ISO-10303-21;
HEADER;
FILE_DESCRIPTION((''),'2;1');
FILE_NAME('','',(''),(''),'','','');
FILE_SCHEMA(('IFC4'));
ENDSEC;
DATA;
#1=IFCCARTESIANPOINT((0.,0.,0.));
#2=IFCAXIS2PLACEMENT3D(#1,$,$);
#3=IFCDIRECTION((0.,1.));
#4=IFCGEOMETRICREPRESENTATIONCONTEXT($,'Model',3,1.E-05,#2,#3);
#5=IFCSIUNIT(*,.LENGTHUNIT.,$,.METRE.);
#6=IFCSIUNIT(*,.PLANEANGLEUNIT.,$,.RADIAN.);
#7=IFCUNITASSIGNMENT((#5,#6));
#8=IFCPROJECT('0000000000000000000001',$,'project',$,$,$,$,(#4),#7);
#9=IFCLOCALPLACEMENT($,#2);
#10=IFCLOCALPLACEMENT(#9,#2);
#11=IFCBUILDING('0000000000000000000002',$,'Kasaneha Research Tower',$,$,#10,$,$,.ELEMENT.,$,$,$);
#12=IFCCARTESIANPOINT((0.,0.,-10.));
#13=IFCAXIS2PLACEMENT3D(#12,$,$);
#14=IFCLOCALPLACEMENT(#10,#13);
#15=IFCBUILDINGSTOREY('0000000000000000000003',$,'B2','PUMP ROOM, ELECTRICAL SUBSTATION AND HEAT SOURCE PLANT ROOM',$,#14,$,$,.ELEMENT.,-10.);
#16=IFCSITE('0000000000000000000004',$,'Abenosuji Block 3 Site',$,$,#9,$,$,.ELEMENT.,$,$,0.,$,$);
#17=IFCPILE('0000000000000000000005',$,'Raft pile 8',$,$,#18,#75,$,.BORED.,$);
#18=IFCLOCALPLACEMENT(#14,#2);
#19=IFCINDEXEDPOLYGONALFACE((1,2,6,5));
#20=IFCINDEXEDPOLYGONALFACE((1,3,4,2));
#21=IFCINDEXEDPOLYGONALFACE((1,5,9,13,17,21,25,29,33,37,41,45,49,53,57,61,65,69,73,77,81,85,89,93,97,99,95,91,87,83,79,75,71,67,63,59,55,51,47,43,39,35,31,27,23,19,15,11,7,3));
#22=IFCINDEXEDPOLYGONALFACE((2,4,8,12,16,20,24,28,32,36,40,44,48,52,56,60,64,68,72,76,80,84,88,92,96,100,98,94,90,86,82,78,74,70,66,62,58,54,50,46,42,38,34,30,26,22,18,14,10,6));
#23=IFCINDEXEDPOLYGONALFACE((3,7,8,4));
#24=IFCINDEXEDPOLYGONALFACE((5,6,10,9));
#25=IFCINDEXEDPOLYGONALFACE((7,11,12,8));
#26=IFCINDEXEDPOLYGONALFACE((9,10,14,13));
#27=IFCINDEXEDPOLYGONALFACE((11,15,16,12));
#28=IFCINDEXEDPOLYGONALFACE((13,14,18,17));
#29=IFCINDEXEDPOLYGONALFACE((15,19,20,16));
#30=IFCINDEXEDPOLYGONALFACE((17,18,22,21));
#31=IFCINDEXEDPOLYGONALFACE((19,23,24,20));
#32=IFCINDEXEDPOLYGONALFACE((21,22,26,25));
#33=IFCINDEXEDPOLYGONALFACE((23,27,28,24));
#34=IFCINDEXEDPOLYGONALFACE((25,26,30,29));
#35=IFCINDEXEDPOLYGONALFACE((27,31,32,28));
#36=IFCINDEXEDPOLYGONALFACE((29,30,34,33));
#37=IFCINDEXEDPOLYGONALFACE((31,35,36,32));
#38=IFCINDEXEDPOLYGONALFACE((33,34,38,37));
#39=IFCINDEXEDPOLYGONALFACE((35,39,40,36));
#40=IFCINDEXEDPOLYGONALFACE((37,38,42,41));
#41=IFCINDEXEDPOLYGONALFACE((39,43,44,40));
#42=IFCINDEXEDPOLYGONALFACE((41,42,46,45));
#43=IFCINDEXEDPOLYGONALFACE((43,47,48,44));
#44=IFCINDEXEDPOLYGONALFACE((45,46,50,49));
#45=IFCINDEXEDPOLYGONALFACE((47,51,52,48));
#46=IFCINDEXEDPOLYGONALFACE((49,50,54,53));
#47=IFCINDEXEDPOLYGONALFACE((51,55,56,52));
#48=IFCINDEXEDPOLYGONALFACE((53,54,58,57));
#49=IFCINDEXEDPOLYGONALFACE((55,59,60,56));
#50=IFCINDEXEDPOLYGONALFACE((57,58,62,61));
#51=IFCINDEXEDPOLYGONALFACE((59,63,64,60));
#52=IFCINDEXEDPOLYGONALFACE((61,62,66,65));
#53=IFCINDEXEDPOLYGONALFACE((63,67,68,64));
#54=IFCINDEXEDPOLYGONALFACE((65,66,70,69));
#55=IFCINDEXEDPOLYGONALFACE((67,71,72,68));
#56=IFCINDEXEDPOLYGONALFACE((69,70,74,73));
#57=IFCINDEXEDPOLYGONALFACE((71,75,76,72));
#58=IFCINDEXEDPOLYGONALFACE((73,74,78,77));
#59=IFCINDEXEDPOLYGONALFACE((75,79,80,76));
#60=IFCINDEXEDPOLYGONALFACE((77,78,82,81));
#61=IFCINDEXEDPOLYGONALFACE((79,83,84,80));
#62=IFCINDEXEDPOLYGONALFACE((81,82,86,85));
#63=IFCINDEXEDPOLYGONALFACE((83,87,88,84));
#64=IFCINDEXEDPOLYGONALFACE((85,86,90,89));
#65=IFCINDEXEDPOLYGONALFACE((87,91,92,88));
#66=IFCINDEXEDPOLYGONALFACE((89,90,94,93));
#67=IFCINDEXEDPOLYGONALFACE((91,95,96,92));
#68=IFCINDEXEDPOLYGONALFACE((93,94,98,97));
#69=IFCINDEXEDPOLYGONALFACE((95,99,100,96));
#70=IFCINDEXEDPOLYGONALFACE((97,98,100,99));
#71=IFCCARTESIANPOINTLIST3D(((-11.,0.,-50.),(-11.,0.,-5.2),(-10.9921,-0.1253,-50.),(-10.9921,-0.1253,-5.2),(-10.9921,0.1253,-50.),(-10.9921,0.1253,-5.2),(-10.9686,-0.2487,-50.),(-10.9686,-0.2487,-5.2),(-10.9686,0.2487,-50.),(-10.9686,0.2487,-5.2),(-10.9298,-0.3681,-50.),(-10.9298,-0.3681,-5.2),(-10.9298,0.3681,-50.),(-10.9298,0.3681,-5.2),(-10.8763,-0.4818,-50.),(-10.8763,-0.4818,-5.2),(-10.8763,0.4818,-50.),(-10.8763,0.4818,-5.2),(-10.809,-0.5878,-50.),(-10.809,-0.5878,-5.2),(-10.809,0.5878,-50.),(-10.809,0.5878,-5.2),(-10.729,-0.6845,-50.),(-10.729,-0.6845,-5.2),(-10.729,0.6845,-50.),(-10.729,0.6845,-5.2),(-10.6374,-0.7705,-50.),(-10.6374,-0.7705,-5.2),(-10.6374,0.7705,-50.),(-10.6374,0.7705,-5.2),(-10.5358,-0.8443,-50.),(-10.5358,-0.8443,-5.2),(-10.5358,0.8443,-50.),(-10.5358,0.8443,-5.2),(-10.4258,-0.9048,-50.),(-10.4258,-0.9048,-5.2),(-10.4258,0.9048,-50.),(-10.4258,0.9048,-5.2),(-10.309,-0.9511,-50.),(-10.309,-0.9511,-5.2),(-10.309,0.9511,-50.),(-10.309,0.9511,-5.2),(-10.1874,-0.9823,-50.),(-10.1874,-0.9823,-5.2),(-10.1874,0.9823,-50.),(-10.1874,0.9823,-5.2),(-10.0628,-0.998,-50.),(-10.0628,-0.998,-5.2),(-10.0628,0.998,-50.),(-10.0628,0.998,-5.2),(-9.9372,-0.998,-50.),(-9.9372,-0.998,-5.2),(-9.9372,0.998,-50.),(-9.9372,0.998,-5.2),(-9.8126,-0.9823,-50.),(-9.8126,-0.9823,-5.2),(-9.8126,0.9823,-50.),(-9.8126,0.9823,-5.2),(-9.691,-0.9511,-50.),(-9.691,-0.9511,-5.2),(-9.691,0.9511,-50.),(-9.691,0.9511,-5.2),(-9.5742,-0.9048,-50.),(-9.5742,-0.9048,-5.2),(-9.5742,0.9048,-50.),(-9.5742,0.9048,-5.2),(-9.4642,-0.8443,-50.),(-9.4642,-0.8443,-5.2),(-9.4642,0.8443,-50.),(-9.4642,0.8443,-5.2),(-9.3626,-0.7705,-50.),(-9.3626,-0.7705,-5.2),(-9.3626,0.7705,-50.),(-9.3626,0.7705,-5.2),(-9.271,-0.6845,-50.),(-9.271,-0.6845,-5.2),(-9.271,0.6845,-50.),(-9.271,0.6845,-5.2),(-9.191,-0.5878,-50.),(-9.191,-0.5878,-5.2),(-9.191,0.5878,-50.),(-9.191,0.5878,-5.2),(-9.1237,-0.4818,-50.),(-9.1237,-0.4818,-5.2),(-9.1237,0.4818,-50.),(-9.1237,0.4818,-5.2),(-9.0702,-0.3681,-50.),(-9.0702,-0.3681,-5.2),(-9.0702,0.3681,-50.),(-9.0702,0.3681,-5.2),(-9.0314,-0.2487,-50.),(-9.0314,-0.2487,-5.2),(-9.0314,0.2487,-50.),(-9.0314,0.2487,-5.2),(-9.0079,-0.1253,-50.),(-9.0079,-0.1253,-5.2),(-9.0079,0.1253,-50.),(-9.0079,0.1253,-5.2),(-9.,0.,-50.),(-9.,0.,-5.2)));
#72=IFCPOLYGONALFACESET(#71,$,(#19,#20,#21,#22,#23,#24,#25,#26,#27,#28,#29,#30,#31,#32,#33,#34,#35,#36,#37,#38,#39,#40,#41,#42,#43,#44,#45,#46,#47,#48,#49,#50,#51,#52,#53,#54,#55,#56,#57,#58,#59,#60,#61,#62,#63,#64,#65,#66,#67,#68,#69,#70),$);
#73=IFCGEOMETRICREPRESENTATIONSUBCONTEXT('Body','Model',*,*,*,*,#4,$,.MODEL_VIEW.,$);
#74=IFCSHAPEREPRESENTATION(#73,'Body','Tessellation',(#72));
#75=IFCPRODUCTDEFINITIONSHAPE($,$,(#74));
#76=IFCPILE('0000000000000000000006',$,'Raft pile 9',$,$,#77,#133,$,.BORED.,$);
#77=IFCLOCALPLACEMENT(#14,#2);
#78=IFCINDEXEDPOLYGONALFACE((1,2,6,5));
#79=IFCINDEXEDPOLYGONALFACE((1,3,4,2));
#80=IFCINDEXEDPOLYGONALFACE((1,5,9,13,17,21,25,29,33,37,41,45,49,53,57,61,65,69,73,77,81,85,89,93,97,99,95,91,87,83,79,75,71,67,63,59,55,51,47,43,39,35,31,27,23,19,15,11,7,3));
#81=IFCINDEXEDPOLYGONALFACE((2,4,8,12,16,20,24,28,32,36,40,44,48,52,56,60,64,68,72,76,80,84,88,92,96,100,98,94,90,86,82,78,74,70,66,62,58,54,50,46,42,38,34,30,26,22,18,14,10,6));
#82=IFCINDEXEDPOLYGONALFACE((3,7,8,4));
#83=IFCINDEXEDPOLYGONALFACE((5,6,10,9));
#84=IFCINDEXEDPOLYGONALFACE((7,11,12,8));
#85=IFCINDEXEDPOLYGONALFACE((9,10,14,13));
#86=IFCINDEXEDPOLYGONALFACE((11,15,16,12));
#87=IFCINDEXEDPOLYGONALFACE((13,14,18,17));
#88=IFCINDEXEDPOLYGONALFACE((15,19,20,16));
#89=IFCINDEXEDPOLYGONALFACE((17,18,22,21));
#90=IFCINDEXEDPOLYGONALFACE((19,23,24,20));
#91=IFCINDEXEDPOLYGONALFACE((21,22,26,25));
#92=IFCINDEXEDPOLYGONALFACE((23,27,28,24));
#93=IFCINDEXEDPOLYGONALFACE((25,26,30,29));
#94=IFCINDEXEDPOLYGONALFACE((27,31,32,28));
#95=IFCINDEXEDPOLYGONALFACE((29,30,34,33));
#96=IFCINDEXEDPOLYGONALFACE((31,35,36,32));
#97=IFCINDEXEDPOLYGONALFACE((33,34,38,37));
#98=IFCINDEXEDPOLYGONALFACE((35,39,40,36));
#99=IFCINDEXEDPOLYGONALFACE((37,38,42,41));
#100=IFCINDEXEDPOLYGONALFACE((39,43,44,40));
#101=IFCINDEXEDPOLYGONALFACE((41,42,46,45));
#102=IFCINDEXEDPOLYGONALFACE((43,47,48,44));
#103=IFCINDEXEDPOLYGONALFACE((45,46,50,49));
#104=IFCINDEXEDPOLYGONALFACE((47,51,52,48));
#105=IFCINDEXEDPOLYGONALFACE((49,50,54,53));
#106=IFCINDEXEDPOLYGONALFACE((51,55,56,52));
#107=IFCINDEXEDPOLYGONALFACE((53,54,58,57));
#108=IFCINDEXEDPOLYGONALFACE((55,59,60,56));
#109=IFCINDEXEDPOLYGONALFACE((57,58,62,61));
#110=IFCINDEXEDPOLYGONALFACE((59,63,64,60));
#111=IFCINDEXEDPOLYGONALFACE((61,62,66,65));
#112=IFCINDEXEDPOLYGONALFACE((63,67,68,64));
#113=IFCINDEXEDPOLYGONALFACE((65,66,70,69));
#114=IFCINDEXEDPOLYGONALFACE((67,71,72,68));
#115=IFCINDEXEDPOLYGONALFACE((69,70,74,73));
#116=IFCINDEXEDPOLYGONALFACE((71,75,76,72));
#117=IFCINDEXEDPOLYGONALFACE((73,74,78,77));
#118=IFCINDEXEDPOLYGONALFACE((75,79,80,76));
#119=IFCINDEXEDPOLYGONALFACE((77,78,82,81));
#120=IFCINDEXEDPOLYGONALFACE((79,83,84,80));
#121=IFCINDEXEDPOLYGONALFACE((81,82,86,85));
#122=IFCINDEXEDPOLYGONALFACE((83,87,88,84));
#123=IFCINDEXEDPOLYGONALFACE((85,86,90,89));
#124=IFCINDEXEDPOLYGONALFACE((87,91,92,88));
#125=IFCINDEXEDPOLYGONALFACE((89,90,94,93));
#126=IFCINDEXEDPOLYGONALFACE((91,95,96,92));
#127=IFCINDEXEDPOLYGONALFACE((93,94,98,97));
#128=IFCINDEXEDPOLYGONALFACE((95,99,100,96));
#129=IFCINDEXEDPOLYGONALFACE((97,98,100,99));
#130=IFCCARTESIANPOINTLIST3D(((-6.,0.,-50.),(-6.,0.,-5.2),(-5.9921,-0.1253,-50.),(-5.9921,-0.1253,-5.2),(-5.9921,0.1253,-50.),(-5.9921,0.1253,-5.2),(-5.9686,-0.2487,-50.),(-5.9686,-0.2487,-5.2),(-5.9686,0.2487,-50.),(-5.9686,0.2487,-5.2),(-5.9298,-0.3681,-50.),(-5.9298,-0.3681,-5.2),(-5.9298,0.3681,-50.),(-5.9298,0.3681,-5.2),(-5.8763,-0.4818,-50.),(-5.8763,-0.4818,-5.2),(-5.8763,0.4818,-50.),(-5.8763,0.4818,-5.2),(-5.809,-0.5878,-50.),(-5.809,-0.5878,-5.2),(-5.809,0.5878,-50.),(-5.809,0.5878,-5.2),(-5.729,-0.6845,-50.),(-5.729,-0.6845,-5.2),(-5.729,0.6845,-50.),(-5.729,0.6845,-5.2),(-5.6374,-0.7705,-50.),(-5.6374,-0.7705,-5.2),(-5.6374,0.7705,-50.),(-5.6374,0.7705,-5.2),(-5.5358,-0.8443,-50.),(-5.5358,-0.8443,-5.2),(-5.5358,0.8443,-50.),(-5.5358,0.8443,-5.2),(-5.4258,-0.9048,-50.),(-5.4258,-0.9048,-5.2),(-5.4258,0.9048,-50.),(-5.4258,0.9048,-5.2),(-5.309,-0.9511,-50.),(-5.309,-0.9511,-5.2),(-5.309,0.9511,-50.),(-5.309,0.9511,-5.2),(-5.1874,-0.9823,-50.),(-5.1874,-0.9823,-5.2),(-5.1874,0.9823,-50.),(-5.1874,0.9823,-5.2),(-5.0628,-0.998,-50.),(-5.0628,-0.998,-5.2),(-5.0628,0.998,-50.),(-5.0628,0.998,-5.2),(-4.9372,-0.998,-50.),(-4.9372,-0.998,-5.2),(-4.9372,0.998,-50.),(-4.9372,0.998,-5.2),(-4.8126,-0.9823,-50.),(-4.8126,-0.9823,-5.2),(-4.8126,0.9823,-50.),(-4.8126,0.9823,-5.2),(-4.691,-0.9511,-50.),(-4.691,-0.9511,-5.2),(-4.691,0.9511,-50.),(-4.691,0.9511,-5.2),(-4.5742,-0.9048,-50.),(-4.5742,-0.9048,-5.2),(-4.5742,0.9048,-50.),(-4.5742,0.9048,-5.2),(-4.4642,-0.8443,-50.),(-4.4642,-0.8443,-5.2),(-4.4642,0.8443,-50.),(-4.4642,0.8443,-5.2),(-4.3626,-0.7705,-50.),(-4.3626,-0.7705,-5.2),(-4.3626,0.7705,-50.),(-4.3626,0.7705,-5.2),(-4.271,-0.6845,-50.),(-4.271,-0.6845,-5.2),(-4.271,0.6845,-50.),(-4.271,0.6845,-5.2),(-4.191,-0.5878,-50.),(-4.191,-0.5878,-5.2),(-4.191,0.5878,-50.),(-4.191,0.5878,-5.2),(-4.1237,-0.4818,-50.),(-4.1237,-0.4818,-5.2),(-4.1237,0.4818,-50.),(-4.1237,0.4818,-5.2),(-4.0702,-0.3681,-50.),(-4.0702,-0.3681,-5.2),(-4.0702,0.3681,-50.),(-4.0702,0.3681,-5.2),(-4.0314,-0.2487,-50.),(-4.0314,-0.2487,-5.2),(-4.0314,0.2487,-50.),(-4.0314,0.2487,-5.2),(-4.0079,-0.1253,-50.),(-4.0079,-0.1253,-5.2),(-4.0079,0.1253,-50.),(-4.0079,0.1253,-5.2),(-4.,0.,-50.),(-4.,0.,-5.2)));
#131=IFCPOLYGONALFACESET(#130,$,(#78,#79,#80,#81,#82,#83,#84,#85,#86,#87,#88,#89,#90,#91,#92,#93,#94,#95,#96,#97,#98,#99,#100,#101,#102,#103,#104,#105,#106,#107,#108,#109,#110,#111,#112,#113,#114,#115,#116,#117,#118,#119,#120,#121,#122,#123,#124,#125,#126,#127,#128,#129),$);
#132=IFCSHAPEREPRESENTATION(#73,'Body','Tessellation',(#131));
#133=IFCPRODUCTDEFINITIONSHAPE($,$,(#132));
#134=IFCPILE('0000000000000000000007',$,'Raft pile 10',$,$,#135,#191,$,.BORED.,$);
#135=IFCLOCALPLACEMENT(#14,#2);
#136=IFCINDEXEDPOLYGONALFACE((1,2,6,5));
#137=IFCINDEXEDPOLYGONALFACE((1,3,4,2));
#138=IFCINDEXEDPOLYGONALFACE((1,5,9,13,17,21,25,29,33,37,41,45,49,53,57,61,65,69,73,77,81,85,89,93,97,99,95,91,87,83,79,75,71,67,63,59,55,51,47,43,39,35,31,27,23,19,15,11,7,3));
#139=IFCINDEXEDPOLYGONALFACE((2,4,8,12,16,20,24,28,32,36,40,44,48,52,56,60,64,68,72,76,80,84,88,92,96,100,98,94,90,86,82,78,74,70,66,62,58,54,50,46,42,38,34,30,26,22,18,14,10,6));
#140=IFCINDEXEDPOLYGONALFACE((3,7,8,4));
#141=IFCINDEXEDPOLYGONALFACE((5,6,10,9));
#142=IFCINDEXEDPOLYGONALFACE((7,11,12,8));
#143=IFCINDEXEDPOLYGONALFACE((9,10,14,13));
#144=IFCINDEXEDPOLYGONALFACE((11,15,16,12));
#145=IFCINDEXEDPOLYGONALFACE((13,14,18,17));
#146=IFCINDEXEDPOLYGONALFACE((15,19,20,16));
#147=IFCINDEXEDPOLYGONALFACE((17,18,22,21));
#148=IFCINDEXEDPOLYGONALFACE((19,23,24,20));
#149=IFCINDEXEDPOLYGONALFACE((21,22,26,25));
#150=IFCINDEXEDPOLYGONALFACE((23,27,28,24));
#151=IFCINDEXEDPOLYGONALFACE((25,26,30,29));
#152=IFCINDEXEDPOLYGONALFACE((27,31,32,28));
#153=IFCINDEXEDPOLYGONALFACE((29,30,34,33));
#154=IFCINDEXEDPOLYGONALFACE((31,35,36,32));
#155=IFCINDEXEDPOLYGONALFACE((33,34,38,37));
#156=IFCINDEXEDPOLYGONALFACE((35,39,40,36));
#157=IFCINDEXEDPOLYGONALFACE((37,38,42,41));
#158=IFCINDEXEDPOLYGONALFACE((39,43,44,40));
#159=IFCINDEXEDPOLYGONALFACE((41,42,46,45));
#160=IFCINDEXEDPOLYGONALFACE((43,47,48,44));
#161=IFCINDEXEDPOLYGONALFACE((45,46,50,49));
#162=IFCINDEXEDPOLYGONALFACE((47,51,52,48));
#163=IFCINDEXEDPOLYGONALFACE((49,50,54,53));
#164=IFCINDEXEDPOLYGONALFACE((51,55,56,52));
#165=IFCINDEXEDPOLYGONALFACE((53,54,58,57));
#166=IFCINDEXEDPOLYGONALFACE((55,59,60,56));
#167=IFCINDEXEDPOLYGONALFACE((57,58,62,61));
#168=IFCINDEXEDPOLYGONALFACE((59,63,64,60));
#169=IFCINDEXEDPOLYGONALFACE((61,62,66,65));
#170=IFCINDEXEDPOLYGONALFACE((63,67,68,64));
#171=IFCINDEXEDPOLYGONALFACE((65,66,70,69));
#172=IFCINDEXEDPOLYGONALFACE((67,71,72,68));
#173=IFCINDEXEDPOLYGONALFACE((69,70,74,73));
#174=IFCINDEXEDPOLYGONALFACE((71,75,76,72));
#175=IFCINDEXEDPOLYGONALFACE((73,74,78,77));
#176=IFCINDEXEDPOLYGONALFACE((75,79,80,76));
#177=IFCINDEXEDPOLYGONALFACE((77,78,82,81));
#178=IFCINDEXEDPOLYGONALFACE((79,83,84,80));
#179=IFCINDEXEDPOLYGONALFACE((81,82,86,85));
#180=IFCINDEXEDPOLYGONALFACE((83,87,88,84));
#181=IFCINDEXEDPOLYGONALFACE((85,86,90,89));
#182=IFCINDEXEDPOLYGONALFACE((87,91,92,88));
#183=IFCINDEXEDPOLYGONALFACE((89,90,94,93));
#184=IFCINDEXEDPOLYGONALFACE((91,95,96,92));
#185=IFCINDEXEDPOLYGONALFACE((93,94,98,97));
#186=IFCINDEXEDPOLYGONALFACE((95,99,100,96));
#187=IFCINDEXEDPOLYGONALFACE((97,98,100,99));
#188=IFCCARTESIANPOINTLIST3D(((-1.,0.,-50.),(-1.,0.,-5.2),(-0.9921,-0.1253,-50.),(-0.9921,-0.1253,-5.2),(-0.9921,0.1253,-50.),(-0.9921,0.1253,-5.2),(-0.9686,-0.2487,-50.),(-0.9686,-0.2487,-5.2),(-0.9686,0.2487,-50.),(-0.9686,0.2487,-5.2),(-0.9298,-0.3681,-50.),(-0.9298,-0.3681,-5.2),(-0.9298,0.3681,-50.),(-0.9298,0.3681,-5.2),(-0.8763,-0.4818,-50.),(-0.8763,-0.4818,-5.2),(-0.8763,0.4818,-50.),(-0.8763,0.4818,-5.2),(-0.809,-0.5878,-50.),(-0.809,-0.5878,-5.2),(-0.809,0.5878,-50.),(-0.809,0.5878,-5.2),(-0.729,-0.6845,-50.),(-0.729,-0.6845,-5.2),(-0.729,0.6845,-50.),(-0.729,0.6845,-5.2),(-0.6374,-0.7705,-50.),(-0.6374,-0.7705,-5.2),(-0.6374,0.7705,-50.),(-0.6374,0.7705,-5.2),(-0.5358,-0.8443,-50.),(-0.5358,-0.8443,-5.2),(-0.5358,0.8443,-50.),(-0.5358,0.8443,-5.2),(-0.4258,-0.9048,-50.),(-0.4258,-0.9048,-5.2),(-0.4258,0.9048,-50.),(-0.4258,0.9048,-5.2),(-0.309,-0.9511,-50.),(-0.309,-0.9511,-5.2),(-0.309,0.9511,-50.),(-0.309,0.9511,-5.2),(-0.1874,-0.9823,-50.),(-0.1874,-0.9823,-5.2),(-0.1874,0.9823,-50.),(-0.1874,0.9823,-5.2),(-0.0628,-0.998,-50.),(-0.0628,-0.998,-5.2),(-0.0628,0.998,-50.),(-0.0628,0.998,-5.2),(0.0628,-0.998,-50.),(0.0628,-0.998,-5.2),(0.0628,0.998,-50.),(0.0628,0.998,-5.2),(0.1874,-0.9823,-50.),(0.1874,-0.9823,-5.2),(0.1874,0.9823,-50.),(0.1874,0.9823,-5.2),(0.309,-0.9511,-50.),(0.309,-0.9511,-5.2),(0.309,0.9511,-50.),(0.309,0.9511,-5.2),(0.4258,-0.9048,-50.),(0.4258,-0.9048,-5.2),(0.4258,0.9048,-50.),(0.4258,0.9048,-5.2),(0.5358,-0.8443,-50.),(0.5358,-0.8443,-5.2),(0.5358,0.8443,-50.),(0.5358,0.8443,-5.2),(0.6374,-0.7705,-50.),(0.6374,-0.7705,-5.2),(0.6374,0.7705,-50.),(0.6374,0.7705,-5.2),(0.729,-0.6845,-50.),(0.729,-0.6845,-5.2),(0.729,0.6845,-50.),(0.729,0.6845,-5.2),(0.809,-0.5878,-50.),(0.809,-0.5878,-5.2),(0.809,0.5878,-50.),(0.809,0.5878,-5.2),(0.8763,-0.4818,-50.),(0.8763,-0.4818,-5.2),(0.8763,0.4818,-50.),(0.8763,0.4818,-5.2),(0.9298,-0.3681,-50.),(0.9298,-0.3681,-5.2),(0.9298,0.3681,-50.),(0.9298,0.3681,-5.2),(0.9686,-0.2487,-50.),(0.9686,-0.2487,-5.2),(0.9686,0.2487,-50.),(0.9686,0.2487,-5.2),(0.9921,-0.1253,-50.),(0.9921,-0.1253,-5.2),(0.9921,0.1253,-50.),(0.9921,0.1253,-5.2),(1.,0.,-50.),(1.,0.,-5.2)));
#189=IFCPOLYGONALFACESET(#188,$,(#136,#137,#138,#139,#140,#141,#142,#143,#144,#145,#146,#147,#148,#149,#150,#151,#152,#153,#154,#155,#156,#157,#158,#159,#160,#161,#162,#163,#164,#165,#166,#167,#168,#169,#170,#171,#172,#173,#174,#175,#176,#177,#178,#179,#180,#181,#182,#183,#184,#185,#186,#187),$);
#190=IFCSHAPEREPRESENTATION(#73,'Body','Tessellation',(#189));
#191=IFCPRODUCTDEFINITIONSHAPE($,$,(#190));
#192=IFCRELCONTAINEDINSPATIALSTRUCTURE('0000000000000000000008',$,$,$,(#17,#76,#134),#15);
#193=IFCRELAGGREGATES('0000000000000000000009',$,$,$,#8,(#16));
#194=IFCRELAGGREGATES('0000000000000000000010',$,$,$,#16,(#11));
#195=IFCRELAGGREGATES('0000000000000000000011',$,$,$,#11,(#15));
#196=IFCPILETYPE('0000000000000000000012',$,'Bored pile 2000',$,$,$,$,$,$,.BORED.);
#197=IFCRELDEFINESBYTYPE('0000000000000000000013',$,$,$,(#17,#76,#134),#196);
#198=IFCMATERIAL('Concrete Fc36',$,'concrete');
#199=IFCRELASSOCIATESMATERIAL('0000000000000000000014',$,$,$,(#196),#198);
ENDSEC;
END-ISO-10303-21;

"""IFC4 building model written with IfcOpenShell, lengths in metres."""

from ifc_helpers import new_model, si_unit, direction, frame, origin, origin_2d, place, context, subcontext, project, spatial, circle, extrude, material, material_profile, profile_set, type_object, element, save


model = new_model("IFC4")

# Units and contexts
model_context = context("Model", 3, precision=1e-05, world=origin(), true_north=direction((0.0, 1.0)))
body_context = subcontext(model_context, "Body", "Model", "MODEL_VIEW")
ifc_project = project(units=[si_unit("LENGTHUNIT", "METRE"), si_unit("PLANEANGLEUNIT", "RADIAN")], contexts=[model_context])

# Site, building, storey
site_placement = place(None, origin())
site = spatial("IfcSite", under=ifc_project, at=site_placement, Name="Abenosuji Block 3 Site", CompositionType="ELEMENT", RefElevation=0.0)
building_placement = place(site_placement, origin())
building = spatial("IfcBuilding", under=site, at=building_placement, Name="Kasaneha Research Tower", CompositionType="ELEMENT")
storey_placement = place(building_placement, frame((0.0, 0.0, -10.0)))
storey = spatial("IfcBuildingStorey", under=building, at=storey_placement, Name="B2", Description="PUMP ROOM, ELECTRICAL SUBSTATION AND HEAT SOURCE PLANT ROOM", CompositionType="ELEMENT", Elevation=-10.0)

# Piles
ifc_material_1 = material(Name="Concrete Fc36", Category="concrete")
ifc_material_profile_1 = material_profile(ifc_material_1, circle(Radius=1.0, at=origin_2d()), Name="Bored pile 2000")
ifc_profile_set_1 = profile_set([ifc_material_profile_1], Name="Concrete Fc36")
pile_type_1 = type_object("IfcPileType", Name="Bored pile 2000", PredefinedType="BORED", material=ifc_profile_set_1)
for number, where, z_axis, x_axis, name in (
    (1, (-10.0, 0.0, -5.2), (0.0, 0.0, -1.0), (1.0, 0.0, 0.0), "Raft pile 8"),
    (2, (-5.0, 0.0, -5.2), (0.0, 0.0, -1.0), (1.0, 0.0, 0.0), "Raft pile 9"),
    (3, (0.0, 0.0, -5.2), (0.0, 0.0, -1.0), (1.0, 0.0, 0.0), "Raft pile 10"),
):
    element("IfcPile", number, at=place(storey_placement, frame(where, z_axis=z_axis, x_axis=x_axis)), inside=storey, type_object=pile_type_1, Name=name, PredefinedType="BORED", context=body_context, shape_type="SweptSolid", body=[
        extrude(circle(Radius=1.0, at=origin_2d()), origin(), (0.0, 0.0, 1.0), 44.8),
    ])

save(model, "model.ifc")
